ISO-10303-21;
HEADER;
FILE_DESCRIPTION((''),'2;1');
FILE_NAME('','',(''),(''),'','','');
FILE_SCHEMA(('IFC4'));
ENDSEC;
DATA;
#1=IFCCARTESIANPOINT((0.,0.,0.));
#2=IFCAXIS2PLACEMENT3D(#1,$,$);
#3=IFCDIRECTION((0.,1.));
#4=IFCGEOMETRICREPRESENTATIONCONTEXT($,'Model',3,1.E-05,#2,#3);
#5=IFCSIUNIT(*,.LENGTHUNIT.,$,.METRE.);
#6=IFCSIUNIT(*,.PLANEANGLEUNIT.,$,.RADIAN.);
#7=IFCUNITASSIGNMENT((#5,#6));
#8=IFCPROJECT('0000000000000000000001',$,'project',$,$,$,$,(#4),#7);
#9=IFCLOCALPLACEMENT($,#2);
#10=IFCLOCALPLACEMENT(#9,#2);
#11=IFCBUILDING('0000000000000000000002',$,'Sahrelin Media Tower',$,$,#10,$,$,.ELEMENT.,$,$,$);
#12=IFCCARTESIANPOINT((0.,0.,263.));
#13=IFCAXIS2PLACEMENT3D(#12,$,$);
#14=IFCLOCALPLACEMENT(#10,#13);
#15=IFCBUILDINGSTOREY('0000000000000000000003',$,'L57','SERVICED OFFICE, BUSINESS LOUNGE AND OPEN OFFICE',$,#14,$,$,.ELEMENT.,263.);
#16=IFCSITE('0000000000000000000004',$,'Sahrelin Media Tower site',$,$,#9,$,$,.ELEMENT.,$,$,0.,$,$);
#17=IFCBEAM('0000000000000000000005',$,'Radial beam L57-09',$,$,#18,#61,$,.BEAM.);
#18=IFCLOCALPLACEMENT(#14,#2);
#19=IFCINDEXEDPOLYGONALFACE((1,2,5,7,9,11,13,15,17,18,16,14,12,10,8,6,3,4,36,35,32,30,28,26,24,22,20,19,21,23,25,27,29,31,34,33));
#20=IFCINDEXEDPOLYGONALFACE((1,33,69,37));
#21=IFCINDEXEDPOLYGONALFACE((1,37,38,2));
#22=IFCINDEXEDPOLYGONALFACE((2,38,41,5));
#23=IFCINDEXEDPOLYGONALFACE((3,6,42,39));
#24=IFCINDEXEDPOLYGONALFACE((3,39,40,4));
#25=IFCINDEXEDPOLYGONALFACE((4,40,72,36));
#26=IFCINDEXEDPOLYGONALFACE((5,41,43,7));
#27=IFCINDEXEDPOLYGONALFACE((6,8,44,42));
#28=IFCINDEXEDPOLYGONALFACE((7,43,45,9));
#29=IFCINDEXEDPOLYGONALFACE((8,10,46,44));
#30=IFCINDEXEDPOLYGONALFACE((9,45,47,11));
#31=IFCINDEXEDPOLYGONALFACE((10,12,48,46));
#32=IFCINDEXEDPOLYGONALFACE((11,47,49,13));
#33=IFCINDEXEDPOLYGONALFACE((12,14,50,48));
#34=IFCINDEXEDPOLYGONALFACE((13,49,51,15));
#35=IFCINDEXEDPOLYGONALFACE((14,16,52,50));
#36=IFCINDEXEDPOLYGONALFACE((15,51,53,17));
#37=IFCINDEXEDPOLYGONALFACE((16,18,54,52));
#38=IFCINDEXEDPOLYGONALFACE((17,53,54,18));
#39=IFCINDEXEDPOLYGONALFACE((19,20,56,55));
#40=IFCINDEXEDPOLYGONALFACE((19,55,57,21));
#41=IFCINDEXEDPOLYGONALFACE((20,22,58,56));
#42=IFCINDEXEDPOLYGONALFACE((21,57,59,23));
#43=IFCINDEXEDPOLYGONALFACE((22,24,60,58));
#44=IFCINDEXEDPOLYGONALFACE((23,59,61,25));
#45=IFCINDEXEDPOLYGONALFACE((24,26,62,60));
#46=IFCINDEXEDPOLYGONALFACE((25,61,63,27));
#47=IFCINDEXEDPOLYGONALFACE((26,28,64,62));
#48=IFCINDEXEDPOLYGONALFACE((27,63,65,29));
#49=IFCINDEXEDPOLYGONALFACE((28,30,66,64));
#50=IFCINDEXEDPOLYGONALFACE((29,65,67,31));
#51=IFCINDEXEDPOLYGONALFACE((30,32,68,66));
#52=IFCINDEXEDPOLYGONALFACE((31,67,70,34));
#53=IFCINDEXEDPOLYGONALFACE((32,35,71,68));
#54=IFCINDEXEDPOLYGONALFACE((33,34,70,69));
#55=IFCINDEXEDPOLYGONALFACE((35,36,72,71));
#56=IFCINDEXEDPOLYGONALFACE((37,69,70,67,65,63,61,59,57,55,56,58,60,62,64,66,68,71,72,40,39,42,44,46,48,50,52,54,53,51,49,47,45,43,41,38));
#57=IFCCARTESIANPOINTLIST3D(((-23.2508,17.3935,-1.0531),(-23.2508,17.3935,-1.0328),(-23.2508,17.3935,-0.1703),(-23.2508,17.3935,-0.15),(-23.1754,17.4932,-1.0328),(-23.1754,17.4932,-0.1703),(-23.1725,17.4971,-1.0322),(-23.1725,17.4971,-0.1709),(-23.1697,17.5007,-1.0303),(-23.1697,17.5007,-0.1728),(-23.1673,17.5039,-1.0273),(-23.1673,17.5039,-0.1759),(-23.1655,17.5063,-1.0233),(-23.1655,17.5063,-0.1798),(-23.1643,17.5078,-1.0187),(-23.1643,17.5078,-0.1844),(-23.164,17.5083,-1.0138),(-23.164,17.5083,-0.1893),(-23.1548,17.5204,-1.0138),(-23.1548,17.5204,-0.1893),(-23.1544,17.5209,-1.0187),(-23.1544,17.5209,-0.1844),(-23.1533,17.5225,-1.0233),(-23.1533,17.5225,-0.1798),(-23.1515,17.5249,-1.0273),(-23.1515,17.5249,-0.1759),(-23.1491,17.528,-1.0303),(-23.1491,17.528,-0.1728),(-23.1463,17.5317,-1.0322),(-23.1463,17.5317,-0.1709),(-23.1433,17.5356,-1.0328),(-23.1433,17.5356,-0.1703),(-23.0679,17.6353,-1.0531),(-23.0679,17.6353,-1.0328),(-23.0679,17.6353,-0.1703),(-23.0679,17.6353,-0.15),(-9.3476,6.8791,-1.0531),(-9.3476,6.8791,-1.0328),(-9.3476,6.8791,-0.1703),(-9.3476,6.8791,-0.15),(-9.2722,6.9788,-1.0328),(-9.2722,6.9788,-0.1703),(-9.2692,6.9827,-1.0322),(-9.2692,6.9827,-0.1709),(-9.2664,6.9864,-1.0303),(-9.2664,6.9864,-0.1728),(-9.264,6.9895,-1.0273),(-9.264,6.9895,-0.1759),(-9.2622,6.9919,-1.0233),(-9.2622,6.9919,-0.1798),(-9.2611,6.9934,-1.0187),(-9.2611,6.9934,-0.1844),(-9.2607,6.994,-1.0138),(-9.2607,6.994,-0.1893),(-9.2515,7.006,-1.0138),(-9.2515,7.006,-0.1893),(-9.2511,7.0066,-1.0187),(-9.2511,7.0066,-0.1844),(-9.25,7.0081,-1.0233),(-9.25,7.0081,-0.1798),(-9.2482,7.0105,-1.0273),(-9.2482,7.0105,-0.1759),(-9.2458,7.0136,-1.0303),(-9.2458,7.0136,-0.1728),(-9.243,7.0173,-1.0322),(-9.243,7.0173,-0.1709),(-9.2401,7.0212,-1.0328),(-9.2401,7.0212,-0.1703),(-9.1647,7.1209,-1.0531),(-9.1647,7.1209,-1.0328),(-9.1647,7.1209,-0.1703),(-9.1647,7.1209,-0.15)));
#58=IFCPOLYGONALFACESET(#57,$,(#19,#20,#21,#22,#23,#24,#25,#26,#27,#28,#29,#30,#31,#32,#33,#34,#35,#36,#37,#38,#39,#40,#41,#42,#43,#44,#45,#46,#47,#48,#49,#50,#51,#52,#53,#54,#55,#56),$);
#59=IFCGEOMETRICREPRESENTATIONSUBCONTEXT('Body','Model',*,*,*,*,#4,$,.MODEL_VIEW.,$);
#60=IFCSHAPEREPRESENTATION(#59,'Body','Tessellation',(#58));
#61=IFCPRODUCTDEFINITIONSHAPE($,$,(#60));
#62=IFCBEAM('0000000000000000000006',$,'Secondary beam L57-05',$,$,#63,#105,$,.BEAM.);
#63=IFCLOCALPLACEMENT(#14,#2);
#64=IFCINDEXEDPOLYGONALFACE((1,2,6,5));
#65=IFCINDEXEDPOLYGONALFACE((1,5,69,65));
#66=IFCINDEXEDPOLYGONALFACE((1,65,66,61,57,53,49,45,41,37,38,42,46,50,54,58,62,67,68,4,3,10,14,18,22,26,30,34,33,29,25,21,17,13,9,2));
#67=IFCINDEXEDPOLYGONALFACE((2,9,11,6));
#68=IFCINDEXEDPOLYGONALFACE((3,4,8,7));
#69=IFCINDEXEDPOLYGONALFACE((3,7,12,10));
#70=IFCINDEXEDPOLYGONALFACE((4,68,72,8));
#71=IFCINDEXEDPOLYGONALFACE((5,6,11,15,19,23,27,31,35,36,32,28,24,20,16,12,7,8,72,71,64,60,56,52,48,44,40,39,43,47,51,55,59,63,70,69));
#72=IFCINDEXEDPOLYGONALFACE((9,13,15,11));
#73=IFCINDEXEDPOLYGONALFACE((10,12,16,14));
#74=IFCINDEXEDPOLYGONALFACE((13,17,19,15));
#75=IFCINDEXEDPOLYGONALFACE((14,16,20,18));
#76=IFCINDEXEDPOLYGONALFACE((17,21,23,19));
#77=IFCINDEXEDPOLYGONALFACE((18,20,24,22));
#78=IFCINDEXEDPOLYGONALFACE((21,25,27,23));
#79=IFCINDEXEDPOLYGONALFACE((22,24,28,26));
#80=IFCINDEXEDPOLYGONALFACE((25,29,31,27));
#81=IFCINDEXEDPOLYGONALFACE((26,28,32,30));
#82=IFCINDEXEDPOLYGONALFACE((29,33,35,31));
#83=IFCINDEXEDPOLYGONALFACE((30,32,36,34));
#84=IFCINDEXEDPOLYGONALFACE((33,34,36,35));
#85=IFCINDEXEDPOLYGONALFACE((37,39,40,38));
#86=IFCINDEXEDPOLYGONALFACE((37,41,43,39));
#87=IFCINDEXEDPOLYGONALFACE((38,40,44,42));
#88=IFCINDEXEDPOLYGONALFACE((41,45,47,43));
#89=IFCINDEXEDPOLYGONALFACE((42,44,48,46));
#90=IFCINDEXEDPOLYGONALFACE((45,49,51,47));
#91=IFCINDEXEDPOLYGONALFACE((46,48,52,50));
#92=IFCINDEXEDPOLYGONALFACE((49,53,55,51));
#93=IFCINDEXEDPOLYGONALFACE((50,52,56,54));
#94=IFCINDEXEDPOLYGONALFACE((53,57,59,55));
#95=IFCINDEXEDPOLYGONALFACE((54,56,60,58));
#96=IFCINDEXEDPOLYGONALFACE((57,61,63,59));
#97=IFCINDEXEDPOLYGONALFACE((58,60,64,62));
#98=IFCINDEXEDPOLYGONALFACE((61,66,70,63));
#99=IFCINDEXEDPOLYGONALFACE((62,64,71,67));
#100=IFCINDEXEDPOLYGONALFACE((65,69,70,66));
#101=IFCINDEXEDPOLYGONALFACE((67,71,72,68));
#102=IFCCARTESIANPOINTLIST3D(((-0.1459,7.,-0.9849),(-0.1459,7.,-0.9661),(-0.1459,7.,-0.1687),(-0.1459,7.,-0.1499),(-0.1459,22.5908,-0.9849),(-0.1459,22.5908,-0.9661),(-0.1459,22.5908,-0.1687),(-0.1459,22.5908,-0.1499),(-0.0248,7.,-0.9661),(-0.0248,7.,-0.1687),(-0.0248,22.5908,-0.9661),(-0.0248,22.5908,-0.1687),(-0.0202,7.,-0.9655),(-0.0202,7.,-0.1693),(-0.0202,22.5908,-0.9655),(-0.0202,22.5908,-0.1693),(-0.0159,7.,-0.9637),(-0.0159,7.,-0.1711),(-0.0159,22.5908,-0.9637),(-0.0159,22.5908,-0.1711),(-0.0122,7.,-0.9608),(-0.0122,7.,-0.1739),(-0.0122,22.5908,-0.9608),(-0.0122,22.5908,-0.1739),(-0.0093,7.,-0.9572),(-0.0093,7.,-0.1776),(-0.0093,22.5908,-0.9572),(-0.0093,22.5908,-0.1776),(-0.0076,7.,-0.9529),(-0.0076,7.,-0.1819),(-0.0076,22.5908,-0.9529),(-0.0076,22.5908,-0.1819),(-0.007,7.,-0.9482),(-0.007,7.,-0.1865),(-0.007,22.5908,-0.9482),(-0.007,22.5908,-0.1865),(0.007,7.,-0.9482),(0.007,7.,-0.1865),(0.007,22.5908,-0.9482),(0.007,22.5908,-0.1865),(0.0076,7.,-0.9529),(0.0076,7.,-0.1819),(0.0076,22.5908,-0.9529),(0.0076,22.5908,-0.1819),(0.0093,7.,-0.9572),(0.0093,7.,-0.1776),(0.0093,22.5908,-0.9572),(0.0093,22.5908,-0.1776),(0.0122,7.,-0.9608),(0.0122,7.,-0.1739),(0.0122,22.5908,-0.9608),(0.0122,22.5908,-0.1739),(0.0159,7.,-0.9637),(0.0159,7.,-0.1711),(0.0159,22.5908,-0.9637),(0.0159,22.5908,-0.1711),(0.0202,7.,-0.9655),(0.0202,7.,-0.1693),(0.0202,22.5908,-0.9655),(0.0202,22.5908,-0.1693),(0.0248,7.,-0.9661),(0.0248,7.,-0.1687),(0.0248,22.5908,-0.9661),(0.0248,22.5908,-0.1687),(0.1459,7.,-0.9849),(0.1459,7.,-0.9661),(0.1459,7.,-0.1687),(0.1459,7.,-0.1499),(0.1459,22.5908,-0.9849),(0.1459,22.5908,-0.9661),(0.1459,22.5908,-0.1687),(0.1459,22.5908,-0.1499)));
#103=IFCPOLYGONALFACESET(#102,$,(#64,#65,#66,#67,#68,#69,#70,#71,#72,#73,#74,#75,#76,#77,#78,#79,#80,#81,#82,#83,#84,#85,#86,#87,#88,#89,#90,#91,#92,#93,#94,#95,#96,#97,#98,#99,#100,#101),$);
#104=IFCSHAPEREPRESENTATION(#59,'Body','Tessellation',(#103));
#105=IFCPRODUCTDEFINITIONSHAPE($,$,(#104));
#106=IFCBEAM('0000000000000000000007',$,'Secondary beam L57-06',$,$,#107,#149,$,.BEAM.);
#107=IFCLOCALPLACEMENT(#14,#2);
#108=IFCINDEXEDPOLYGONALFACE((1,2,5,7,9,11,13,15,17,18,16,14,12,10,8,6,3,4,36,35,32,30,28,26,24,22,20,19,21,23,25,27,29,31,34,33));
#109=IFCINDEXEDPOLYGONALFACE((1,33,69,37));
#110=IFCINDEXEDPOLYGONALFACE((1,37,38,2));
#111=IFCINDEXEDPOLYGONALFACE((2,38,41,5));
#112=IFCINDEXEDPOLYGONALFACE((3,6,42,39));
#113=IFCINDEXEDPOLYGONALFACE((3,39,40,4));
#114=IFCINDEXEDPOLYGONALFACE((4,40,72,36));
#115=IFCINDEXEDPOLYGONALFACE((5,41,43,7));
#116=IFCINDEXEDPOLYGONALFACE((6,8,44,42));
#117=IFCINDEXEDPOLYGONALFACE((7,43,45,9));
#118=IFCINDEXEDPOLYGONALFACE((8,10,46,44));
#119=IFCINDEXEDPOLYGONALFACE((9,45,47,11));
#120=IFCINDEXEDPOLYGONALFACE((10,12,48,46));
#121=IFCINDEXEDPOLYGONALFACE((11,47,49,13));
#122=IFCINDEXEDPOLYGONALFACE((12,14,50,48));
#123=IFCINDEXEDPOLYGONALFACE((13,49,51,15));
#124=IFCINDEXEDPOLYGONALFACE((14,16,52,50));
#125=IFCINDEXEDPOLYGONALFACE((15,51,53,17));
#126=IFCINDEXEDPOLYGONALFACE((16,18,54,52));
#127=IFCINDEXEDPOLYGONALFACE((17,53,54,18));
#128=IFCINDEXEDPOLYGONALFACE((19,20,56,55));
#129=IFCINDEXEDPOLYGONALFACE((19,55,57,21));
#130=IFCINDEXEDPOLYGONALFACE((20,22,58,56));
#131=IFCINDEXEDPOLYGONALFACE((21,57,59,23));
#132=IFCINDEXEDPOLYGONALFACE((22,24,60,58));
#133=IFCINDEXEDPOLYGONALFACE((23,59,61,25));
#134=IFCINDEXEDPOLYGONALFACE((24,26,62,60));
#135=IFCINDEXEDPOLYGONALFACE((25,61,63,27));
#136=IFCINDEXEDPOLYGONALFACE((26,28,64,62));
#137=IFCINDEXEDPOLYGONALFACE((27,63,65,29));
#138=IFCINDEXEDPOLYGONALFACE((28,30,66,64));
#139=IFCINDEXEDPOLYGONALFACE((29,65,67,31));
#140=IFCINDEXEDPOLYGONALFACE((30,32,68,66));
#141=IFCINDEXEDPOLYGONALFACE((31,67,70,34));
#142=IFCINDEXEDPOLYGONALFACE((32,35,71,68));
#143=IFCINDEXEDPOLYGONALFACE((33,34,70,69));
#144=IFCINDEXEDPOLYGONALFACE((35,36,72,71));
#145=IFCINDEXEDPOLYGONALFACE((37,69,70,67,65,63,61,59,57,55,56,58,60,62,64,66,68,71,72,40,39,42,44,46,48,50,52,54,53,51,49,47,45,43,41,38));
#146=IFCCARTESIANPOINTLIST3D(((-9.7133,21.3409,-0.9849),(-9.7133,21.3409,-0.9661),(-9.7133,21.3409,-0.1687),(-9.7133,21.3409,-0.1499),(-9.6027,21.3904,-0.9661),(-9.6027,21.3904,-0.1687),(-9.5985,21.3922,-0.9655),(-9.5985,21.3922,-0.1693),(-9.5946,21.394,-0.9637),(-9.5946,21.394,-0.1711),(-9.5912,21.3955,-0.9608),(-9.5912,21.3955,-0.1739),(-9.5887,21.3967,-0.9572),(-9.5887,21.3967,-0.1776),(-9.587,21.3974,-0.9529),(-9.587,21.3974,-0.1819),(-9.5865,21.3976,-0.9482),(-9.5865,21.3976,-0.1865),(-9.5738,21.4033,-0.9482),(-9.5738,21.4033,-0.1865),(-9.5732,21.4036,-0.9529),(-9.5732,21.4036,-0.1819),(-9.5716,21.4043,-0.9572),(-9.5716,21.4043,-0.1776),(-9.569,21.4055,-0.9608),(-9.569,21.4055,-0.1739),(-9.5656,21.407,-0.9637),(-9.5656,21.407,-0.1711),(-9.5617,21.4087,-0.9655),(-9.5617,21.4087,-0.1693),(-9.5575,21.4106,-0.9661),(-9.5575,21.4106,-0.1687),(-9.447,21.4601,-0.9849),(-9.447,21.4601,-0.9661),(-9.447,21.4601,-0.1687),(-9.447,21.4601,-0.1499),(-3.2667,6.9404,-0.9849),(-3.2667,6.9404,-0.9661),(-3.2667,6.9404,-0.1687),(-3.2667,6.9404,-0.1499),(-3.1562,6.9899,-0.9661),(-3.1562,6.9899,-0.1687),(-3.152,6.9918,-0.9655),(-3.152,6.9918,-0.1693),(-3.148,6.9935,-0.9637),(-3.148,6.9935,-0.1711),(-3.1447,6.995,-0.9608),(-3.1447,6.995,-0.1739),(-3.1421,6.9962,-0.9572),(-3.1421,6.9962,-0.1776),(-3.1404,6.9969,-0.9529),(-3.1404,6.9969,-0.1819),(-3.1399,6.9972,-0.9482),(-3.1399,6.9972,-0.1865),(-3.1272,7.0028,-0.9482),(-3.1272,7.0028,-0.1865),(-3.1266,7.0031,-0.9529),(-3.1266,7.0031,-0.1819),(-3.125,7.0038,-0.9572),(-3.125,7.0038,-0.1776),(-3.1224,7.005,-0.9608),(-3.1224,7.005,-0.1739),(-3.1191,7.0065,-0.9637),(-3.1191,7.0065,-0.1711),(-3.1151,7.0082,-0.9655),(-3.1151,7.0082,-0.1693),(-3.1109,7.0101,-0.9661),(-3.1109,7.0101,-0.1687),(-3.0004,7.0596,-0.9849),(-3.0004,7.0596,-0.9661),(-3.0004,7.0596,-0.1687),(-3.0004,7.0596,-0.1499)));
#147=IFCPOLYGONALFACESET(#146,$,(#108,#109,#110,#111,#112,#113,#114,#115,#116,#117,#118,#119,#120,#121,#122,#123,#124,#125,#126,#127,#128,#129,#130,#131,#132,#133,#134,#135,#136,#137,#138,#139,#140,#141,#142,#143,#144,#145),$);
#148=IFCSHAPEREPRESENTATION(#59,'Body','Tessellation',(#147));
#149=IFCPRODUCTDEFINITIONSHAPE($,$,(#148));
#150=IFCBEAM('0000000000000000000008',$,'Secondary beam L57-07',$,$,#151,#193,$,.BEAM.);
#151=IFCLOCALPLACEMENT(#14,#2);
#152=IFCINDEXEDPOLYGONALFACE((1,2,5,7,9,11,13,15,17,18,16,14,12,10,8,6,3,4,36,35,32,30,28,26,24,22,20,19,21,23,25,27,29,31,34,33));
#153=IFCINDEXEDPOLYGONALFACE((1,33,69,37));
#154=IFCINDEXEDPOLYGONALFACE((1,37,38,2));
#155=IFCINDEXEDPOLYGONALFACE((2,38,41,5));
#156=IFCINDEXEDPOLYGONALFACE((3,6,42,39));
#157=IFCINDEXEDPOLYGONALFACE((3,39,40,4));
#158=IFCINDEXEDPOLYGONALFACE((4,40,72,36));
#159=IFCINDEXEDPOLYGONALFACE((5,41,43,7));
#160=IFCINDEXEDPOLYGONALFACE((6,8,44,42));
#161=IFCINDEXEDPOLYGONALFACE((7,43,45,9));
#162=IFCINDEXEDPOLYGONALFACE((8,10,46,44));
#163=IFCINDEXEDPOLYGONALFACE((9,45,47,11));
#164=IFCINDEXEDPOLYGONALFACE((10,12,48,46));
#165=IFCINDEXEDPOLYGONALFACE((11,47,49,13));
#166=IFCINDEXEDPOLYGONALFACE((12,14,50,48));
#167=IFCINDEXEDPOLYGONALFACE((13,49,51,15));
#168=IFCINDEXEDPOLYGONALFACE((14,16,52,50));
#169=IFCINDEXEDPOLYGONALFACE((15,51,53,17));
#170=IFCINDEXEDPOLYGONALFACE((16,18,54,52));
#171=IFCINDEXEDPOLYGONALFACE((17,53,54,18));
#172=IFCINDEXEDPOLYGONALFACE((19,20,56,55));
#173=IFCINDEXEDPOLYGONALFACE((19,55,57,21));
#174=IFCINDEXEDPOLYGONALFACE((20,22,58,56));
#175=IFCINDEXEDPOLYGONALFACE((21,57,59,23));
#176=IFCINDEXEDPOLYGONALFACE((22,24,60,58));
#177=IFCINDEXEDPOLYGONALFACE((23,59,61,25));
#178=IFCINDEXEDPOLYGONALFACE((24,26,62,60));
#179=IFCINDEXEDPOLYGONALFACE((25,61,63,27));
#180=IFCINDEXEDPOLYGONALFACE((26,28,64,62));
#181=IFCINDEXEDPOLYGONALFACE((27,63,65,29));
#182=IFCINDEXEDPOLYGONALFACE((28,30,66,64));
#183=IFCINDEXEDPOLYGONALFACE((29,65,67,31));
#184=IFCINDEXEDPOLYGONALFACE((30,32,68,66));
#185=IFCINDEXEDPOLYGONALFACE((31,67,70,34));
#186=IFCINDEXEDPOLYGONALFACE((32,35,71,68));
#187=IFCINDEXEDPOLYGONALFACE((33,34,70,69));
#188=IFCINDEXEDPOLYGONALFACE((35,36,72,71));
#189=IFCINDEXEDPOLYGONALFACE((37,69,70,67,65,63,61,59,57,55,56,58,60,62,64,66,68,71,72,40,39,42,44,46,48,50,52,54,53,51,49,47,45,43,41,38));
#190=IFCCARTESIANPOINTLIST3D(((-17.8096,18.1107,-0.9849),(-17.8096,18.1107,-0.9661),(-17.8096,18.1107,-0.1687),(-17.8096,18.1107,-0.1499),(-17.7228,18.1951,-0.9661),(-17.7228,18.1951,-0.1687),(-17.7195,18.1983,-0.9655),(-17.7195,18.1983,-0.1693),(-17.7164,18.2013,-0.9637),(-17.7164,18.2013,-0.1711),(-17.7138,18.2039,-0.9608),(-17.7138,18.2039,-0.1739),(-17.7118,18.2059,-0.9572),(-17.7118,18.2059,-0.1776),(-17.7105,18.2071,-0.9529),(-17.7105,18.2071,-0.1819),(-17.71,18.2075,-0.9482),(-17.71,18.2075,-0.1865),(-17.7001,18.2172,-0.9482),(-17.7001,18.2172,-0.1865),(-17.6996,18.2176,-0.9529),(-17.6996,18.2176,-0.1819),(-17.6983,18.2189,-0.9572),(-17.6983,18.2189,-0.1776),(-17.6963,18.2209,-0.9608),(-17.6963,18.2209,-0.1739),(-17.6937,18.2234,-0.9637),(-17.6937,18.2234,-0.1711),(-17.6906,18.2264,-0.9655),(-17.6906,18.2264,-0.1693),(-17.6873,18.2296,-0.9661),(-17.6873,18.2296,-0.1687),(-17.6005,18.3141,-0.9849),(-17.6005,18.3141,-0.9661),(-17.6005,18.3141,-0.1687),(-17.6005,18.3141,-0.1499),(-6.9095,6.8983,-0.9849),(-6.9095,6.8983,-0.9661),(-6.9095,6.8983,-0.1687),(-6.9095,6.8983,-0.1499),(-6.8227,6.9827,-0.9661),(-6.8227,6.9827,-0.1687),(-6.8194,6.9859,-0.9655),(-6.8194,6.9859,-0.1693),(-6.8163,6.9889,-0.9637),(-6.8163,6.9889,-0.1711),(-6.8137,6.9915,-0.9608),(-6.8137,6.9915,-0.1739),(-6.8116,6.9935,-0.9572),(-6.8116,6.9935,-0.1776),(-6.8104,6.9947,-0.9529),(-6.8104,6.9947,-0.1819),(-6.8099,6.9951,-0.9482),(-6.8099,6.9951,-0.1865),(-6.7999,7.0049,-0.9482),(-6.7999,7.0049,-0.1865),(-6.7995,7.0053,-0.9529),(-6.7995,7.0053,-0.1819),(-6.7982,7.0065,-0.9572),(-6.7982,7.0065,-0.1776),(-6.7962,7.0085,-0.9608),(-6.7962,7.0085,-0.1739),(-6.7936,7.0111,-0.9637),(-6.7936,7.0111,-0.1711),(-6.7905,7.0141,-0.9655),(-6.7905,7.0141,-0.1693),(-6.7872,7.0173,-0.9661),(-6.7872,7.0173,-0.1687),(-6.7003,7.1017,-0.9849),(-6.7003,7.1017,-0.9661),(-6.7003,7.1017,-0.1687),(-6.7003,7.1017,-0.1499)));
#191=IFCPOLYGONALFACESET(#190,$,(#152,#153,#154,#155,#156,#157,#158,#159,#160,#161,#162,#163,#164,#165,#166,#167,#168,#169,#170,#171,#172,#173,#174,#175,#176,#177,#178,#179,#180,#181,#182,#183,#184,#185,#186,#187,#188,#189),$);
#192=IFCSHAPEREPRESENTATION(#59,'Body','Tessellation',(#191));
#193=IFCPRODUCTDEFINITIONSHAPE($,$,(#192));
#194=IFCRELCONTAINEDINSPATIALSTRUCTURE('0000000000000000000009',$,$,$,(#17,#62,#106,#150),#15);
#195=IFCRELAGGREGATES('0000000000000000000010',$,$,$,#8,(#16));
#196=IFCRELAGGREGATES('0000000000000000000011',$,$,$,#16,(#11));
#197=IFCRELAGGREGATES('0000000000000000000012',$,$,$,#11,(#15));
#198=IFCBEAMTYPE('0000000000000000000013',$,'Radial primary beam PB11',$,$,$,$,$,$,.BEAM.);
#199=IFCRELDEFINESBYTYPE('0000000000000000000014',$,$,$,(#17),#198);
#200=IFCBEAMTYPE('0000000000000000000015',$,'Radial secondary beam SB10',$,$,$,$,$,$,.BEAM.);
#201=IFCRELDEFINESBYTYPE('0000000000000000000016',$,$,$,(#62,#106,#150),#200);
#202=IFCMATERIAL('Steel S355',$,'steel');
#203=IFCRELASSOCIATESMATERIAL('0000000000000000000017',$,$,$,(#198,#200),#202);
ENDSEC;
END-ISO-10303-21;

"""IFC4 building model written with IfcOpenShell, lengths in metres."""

from ifc_helpers import new_model, si_unit, direction, frame, origin, origin_2d, place, context, subcontext, project, spatial, i_section, extrude, material, material_profile, profile_set, type_object, element, save


model = new_model("IFC4")

# Units and contexts
model_context = context("Model", 3, precision=1e-05, world=origin(), true_north=direction((0.0, 1.0)))
body_context = subcontext(model_context, "Body", "Model", "MODEL_VIEW")
ifc_project = project(units=[si_unit("LENGTHUNIT", "METRE"), si_unit("PLANEANGLEUNIT", "RADIAN")], contexts=[model_context])

# Site, building, storey
site_placement = place(None, origin())
site = spatial("IfcSite", under=ifc_project, at=site_placement, Name="Sahrelin Media Tower site", CompositionType="ELEMENT", RefElevation=0.0)
building_placement = place(site_placement, origin())
building = spatial("IfcBuilding", under=site, at=building_placement, Name="Sahrelin Media Tower", CompositionType="ELEMENT")
storey_placement = place(building_placement, frame((0.0, 0.0, 263.0)))
storey = spatial("IfcBuildingStorey", under=building, at=storey_placement, Name="L57", Description="SERVICED OFFICE, BUSINESS LOUNGE AND OPEN OFFICE", CompositionType="ELEMENT", Elevation=263.0)

# Shared definitions
ifc_material_1 = material(Name="Steel S355", Category="steel")

# Beams
ifc_material_profile_1 = material_profile(ifc_material_1, i_section(OverallWidth=0.3032, OverallDepth=0.9031, WebThickness=0.0151, FlangeThickness=0.0203, FilletRadius=0.019, at=origin_2d()), Name="UB 914x305x201")
ifc_profile_set_1 = profile_set([ifc_material_profile_1], Name="Steel S355")
beam_type_1 = type_object("IfcBeamType", Name="Radial primary beam PB11", PredefinedType="BEAM", material=ifc_profile_set_1)
beam_1_placement = place(storey_placement, frame((-9.2561, 7.0, -0.6016), z_axis=(-0.7976, 0.603186, 0.0), x_axis=(-0.603186, -0.7976, 0.0)))
element("IfcBeam", 1, at=beam_1_placement, inside=storey, type_object=beam_type_1, Name="Radial beam L57-09", PredefinedType="BEAM", context=body_context, shape_type="SweptSolid", body=[
    extrude(i_section(OverallWidth=0.3032, OverallDepth=0.9031, WebThickness=0.0151, FlangeThickness=0.0203, FilletRadius=0.019, at=origin_2d()), origin(), (0.0, 0.0, 1.0), 17.4314),
])
ifc_material_profile_2 = material_profile(ifc_material_1, i_section(OverallWidth=0.2917, OverallDepth=0.835, WebThickness=0.0139, FlangeThickness=0.0188, FilletRadius=0.0178, at=origin_2d()), Name="UB 838x292x176")
ifc_profile_set_2 = profile_set([ifc_material_profile_2], Name="Steel S355")
beam_type_2 = type_object("IfcBeamType", Name="Radial secondary beam SB10", PredefinedType="BEAM", material=ifc_profile_set_2)
beam_2_placement = place(storey_placement, frame((0.0, 7.0, -0.5674), z_axis=(0.0, 1.0, 0.0), x_axis=(-1.0, 0.0, 0.0)))
element("IfcBeam", 2, at=beam_2_placement, inside=storey, type_object=beam_type_2, Name="Secondary beam L57-05", PredefinedType="BEAM", context=body_context, shape_type="SweptSolid", body=[
    extrude(i_section(OverallWidth=0.2917, OverallDepth=0.835, WebThickness=0.0139, FlangeThickness=0.0188, FilletRadius=0.0178, at=origin_2d()), origin(), (0.0, 0.0, 1.0), 15.5908),
])
beam_3_placement = place(storey_placement, frame((-3.1335, 7.0, -0.5674), z_axis=(-0.408591, 0.912718, 0.0), x_axis=(-0.912718, -0.408591, 0.0)))
element("IfcBeam", 3, at=beam_3_placement, inside=storey, type_object=beam_type_2, Name="Secondary beam L57-06", PredefinedType="BEAM", context=body_context, shape_type="SweptSolid", body=[
    extrude(i_section(OverallWidth=0.2917, OverallDepth=0.835, WebThickness=0.0139, FlangeThickness=0.0188, FilletRadius=0.0178, at=origin_2d()), origin(), (0.0, 0.0, 1.0), 15.7776),
])
beam_4_placement = place(storey_placement, frame((-6.8049, 7.0, -0.5674), z_axis=(-0.697052, 0.71702, 0.0), x_axis=(-0.71702, -0.697052, 0.0)))
element("IfcBeam", 4, at=beam_4_placement, inside=storey, type_object=beam_type_2, Name="Secondary beam L57-07", PredefinedType="BEAM", context=body_context, shape_type="SweptSolid", body=[
    extrude(i_section(OverallWidth=0.2917, OverallDepth=0.835, WebThickness=0.0139, FlangeThickness=0.0188, FilletRadius=0.0178, at=origin_2d()), origin(), (0.0, 0.0, 1.0), 15.6375),
])

save(model, "model.ifc")
